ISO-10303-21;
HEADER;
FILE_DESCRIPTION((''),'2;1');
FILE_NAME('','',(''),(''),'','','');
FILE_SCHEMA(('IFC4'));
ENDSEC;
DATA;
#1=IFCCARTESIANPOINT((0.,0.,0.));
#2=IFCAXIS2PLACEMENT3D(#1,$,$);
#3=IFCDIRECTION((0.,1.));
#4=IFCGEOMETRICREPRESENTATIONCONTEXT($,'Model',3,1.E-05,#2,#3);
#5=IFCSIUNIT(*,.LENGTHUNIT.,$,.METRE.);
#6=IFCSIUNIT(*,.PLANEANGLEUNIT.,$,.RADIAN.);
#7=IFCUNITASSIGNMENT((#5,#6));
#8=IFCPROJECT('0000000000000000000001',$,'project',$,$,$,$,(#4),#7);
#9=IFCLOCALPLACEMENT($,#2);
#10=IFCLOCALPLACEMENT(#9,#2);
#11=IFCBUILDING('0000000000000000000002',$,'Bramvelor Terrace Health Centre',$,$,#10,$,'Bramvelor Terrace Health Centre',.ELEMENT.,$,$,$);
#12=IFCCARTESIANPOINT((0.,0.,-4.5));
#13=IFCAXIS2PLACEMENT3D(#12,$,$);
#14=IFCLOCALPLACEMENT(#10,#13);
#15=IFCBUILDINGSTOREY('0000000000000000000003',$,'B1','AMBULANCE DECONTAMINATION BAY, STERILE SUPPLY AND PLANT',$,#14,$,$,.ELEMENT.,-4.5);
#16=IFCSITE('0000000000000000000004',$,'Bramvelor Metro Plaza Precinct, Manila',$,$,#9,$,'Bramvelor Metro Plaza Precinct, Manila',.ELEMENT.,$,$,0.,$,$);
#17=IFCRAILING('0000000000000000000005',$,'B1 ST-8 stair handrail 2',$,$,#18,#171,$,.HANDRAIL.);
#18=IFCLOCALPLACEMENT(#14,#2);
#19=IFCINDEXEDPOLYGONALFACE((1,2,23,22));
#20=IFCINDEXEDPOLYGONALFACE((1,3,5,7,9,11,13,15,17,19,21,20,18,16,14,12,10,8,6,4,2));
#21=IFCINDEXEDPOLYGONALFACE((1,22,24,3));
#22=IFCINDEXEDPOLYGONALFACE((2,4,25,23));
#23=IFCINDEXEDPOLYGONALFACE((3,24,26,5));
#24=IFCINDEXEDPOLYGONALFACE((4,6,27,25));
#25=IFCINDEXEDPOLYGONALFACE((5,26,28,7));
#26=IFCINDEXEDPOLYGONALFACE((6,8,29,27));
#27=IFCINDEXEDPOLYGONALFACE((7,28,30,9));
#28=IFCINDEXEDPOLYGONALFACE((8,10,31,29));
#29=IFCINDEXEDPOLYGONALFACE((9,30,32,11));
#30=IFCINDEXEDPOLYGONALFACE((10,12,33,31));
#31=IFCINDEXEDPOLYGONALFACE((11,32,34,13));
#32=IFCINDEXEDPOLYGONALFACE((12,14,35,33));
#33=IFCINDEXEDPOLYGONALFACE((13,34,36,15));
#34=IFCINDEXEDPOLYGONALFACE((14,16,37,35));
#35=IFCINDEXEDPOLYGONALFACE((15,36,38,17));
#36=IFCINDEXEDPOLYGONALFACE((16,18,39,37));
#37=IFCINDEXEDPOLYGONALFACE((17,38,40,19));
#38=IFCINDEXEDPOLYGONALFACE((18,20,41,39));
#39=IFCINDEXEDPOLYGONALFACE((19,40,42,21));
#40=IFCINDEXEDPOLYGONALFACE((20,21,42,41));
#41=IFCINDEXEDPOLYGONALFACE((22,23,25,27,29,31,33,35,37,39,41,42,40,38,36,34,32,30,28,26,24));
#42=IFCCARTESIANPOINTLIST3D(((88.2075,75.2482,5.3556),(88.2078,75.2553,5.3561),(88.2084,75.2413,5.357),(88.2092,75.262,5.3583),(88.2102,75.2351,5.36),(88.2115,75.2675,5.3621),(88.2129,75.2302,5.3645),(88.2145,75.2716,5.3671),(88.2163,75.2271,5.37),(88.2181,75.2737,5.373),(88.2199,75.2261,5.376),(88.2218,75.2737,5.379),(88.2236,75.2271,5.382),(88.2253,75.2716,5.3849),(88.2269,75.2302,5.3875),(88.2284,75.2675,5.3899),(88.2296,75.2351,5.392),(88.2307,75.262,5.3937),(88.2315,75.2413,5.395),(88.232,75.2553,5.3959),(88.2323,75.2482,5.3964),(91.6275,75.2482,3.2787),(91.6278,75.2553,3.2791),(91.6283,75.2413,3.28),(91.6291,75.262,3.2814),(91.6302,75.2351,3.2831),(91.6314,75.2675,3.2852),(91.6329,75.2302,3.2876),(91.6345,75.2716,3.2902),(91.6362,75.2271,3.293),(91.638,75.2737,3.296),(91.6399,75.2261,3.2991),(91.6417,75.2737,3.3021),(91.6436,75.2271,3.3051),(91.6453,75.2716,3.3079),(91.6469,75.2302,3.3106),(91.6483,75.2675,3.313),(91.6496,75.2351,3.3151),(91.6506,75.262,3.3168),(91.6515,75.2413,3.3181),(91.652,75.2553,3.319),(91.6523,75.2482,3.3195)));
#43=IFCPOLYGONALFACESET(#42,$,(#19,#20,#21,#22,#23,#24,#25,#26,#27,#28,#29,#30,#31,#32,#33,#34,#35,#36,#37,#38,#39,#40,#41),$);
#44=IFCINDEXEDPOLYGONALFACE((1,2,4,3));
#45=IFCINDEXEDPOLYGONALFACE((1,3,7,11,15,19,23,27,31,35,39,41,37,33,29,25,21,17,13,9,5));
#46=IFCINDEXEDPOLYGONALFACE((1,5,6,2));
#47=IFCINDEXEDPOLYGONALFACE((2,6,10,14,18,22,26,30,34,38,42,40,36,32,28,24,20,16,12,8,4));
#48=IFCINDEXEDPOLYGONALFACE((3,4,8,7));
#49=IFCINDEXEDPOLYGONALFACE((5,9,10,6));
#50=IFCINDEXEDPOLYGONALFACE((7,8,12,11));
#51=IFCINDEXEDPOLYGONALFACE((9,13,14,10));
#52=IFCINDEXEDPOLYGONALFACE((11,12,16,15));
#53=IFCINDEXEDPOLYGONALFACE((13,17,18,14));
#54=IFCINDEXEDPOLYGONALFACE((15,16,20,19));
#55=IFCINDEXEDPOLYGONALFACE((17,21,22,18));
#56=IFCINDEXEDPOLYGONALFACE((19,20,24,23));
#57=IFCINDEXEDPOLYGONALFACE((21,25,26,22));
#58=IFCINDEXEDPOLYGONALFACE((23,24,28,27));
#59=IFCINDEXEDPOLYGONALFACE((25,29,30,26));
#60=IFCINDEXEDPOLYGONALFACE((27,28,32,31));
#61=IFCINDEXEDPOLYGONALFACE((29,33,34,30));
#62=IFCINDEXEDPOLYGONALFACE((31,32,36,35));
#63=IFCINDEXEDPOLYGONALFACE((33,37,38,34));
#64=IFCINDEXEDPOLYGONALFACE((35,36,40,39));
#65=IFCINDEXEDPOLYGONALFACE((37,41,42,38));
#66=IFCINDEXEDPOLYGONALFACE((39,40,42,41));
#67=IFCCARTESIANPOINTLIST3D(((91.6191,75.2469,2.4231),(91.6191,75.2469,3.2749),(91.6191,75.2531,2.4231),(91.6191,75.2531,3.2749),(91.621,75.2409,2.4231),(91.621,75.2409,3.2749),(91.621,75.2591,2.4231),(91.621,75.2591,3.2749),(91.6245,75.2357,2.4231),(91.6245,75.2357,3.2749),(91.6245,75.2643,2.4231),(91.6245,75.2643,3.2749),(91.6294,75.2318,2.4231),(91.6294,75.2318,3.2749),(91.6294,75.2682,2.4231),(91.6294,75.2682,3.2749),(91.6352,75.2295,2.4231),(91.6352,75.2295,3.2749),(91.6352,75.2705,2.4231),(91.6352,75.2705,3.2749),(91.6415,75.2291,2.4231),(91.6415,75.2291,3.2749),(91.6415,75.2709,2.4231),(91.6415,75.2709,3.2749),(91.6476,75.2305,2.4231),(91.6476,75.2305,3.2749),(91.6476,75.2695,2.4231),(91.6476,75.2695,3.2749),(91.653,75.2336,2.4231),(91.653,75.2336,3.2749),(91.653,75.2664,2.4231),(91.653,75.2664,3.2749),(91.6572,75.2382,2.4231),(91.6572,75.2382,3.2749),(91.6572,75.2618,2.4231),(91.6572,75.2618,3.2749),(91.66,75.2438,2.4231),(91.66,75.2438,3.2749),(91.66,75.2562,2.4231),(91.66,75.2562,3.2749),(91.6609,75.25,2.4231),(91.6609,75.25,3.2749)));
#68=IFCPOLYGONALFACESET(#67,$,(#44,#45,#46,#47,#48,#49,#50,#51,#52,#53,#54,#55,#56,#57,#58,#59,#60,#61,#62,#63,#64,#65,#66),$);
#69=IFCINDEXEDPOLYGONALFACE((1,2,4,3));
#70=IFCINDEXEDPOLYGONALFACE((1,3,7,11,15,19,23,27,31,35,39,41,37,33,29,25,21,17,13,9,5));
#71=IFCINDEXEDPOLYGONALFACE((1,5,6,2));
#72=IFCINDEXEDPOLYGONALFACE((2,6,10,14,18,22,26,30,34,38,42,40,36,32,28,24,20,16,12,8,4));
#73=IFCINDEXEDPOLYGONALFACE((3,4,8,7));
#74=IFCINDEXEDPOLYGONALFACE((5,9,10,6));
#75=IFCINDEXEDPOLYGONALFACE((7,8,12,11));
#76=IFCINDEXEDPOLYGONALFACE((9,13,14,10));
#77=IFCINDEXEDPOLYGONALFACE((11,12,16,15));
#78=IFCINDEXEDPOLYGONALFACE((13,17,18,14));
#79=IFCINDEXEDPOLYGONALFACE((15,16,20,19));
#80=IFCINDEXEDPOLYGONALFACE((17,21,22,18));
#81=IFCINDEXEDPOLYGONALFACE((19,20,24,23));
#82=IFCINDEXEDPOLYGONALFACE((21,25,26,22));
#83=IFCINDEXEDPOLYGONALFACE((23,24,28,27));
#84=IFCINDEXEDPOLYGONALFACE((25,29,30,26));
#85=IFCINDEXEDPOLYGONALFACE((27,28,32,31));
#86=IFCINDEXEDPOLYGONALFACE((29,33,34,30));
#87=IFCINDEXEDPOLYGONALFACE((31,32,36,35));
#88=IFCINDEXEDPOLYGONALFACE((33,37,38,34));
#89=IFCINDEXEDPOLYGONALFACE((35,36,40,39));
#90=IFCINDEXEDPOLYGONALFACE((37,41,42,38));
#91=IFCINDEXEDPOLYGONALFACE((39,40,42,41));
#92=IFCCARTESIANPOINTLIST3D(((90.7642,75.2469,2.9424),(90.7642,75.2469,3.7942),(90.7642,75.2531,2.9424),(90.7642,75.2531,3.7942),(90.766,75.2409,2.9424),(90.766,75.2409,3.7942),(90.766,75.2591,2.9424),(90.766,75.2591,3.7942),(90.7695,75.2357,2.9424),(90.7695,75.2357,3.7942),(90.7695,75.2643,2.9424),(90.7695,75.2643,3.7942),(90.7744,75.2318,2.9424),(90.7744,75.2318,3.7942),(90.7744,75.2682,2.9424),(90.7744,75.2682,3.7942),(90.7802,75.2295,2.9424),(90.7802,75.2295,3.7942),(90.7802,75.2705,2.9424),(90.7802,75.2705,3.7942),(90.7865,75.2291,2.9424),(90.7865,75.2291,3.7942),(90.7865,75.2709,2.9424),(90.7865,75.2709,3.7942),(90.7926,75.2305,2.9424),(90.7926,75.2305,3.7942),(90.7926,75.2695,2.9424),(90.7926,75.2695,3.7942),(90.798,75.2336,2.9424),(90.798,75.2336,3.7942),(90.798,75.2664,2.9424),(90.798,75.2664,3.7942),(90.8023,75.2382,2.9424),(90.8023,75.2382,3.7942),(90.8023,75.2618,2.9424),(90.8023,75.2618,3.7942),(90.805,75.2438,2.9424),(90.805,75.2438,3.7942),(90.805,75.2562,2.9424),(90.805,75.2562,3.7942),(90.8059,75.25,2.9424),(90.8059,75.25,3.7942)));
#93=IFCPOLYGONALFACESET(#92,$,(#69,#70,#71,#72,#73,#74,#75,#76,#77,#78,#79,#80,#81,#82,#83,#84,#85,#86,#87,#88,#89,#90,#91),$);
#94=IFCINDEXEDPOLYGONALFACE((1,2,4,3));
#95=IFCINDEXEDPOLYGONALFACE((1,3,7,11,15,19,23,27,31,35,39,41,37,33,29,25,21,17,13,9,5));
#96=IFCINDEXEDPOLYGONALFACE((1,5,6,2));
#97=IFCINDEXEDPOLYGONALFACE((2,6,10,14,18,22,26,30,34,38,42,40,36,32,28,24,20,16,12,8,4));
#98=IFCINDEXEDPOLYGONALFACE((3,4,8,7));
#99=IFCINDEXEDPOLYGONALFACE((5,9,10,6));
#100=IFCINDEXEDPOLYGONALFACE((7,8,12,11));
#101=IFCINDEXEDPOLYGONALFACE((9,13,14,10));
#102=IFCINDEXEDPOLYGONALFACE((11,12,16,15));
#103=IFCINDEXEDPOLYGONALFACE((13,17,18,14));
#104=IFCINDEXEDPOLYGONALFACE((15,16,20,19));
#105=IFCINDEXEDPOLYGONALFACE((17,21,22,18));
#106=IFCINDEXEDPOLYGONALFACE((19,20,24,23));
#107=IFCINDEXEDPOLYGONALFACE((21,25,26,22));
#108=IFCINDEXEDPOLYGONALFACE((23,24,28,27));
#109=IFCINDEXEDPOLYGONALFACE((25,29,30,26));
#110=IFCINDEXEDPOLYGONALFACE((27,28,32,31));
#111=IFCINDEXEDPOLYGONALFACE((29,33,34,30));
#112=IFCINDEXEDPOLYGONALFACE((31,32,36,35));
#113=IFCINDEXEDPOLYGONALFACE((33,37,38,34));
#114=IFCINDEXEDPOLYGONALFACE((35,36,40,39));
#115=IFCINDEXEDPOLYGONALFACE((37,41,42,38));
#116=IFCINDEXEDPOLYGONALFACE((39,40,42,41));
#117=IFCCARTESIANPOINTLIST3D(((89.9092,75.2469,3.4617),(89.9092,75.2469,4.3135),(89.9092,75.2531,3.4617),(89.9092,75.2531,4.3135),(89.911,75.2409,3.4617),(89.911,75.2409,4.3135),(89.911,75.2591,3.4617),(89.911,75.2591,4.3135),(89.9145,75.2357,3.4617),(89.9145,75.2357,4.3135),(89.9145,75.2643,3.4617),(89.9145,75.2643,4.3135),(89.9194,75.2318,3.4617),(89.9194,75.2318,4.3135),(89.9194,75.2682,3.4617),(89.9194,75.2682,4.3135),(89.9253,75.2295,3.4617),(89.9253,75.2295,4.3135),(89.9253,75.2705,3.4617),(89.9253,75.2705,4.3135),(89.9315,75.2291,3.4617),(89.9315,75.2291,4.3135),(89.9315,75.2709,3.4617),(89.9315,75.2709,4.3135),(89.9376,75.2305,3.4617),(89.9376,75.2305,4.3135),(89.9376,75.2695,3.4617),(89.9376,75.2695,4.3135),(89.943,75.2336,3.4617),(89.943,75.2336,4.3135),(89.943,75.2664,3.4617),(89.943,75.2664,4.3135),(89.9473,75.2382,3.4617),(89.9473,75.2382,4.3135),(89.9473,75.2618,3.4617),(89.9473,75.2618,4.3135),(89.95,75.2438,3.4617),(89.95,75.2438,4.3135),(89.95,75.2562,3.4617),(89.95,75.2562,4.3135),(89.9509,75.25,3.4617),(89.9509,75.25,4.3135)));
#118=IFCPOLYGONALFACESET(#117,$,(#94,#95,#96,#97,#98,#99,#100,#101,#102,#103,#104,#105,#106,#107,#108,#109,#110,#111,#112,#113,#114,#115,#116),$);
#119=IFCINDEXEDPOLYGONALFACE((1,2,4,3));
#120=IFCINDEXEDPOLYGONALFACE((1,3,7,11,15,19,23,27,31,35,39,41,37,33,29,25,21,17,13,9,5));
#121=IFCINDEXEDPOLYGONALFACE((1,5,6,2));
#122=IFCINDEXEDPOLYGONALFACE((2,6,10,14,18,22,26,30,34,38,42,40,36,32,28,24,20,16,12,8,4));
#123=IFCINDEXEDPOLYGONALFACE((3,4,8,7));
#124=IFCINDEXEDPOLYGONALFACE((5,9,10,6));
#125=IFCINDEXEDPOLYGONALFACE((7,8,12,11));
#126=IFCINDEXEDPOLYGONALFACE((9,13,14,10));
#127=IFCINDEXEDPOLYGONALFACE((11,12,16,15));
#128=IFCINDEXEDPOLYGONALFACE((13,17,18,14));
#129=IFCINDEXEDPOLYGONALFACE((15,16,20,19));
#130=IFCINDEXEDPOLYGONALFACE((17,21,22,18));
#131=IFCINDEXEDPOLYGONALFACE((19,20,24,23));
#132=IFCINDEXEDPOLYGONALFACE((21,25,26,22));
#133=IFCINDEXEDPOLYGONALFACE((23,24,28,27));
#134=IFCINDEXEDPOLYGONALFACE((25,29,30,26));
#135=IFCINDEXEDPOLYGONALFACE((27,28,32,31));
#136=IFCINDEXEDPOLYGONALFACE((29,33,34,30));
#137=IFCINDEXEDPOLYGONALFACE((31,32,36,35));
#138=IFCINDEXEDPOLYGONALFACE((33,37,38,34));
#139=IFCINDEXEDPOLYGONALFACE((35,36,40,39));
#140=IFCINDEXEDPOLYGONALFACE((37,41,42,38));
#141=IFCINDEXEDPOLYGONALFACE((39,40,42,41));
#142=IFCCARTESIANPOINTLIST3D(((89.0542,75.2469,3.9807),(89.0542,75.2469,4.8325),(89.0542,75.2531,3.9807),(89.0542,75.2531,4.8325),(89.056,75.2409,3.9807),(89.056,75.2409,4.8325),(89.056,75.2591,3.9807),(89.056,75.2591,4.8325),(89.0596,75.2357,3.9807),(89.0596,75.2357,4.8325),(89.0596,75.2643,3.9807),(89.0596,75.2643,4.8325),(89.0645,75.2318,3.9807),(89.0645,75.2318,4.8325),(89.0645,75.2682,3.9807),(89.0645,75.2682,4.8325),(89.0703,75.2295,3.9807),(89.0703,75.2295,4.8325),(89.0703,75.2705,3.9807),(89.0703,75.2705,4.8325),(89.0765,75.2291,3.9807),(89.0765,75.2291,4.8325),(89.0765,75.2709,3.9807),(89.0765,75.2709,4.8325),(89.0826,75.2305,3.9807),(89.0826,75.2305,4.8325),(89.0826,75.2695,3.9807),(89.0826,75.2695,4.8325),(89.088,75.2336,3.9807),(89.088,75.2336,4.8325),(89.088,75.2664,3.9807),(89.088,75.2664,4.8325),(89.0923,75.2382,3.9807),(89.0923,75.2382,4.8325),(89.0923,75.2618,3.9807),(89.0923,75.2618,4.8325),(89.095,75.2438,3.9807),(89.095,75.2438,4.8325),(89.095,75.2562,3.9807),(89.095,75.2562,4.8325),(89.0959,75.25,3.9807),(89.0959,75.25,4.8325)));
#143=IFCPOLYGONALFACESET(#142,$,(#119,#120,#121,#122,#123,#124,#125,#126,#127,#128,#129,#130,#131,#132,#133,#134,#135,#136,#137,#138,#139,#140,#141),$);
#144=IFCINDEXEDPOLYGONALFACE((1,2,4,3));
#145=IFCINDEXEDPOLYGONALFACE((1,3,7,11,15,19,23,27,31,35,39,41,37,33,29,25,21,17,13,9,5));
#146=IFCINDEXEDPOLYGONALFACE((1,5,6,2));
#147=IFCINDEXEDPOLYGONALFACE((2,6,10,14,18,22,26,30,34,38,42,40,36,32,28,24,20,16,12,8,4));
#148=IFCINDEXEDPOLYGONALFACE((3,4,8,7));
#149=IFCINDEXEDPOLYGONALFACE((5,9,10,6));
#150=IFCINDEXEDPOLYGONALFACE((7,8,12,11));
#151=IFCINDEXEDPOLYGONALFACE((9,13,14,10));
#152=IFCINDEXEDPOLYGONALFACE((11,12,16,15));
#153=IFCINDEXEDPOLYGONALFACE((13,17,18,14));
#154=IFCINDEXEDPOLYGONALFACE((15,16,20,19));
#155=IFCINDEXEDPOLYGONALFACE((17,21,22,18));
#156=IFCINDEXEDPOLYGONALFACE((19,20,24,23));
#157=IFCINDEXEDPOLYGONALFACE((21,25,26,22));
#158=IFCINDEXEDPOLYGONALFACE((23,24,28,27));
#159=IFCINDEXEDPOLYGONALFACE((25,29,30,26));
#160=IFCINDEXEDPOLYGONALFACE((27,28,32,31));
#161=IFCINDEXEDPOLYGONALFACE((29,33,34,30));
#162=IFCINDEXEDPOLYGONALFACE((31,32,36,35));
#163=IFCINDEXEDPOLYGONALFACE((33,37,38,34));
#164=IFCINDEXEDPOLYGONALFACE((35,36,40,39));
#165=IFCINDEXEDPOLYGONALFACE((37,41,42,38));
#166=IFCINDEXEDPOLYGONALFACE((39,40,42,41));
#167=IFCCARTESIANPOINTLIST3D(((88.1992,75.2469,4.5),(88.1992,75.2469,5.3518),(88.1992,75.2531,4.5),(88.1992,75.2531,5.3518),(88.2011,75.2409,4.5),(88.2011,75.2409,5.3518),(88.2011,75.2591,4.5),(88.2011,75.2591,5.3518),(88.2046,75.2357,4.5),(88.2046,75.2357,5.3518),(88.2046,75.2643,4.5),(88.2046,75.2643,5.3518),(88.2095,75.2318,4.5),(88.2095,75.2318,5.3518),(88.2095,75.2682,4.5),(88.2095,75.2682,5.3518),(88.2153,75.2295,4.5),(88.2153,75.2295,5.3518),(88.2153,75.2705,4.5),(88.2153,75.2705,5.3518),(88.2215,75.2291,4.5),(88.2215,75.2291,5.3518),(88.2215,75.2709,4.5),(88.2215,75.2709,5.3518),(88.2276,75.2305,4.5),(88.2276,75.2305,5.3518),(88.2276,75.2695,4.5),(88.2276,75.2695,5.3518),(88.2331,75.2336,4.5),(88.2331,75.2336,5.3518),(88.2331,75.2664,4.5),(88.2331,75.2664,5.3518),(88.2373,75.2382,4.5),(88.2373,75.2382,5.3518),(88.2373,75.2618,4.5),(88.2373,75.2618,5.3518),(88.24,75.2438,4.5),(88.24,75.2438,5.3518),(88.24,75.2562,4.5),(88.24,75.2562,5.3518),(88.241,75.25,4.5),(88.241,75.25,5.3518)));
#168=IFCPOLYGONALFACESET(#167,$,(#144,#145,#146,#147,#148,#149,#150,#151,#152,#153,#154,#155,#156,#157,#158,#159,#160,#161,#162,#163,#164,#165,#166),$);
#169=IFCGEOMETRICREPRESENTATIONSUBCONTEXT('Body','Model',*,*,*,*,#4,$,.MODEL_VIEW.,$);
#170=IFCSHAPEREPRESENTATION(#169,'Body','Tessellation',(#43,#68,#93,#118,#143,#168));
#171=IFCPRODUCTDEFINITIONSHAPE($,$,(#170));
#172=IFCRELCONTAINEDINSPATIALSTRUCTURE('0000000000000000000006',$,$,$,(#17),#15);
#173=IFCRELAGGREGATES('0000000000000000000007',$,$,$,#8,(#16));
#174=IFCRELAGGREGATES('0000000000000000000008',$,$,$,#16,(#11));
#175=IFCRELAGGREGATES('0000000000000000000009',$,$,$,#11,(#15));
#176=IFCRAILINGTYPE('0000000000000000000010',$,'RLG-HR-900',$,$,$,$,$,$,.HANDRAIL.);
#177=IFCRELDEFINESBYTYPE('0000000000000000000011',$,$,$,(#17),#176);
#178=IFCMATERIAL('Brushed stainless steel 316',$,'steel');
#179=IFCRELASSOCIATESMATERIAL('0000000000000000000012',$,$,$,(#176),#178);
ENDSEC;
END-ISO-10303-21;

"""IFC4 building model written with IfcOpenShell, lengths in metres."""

from ifc_helpers import new_model, si_unit, direction, frame, origin, origin_2d, place, context, subcontext, project, spatial, circle, extrude, material, type_object, element, save


model = new_model("IFC4")

# Units and contexts
model_context = context("Model", 3, precision=1e-05, world=origin(), true_north=direction((0.0, 1.0)))
body_context = subcontext(model_context, "Body", "Model", "MODEL_VIEW")
ifc_project = project(units=[si_unit("LENGTHUNIT", "METRE"), si_unit("PLANEANGLEUNIT", "RADIAN")], contexts=[model_context])

# Site, building, storey
site_placement = place(None, origin())
site = spatial("IfcSite", under=ifc_project, at=site_placement, Name="Bramvelor Metro Plaza Precinct, Manila", LongName="Bramvelor Metro Plaza Precinct, Manila", CompositionType="ELEMENT", RefElevation=0.0)
building_placement = place(site_placement, origin())
building = spatial("IfcBuilding", under=site, at=building_placement, Name="Bramvelor Terrace Health Centre", LongName="Bramvelor Terrace Health Centre", CompositionType="ELEMENT")
storey_placement = place(building_placement, frame((0.0, 0.0, -4.5)))
storey = spatial("IfcBuildingStorey", under=building, at=storey_placement, Name="B1", Description="AMBULANCE DECONTAMINATION BAY, STERILE SUPPLY AND PLANT", CompositionType="ELEMENT", Elevation=-4.5)

# Railing
ifc_material_1 = material(Name="Brushed stainless steel 316", Category="steel")
railing_type_1 = type_object("IfcRailingType", Name="RLG-HR-900", PredefinedType="HANDRAIL", material=ifc_material_1)
railing_1_placement = place(storey_placement, frame((91.6399, 75.25, 2.4231)))
element("IfcRailing", 1, at=railing_1_placement, inside=storey, type_object=railing_type_1, Name="B1 ST-8 stair handrail 2", PredefinedType="HANDRAIL", context=body_context, shape_type="SweptSolid", body=[
    extrude(circle(Radius=0.0239, at=origin_2d()), frame((0.0, 0.0, 0.876), z_axis=(-0.85473, 0.0, 0.519074), x_axis=(0.0, -1.0, 0.0)), (0.0, 0.0, 1.0), 4.0012),
    extrude(circle(Radius=0.021, at=origin_2d()), origin(), (0.0, 0.0, 1.0), 0.8518),
    extrude(circle(Radius=0.021, at=origin_2d()), frame((-0.855, 0.0, 0.5193)), (0.0, 0.0, 1.0), 0.8518),
    extrude(circle(Radius=0.021, at=origin_2d()), frame((-1.71, 0.0, 1.0386)), (0.0, 0.0, 1.0), 0.8518),
    extrude(circle(Radius=0.021, at=origin_2d()), frame((-2.5649, 0.0, 1.5576)), (0.0, 0.0, 1.0), 0.8518),
    extrude(circle(Radius=0.021, at=origin_2d()), frame((-3.4199, 0.0, 2.0769)), (0.0, 0.0, 1.0), 0.8518),
])

save(model, "model.ifc")
